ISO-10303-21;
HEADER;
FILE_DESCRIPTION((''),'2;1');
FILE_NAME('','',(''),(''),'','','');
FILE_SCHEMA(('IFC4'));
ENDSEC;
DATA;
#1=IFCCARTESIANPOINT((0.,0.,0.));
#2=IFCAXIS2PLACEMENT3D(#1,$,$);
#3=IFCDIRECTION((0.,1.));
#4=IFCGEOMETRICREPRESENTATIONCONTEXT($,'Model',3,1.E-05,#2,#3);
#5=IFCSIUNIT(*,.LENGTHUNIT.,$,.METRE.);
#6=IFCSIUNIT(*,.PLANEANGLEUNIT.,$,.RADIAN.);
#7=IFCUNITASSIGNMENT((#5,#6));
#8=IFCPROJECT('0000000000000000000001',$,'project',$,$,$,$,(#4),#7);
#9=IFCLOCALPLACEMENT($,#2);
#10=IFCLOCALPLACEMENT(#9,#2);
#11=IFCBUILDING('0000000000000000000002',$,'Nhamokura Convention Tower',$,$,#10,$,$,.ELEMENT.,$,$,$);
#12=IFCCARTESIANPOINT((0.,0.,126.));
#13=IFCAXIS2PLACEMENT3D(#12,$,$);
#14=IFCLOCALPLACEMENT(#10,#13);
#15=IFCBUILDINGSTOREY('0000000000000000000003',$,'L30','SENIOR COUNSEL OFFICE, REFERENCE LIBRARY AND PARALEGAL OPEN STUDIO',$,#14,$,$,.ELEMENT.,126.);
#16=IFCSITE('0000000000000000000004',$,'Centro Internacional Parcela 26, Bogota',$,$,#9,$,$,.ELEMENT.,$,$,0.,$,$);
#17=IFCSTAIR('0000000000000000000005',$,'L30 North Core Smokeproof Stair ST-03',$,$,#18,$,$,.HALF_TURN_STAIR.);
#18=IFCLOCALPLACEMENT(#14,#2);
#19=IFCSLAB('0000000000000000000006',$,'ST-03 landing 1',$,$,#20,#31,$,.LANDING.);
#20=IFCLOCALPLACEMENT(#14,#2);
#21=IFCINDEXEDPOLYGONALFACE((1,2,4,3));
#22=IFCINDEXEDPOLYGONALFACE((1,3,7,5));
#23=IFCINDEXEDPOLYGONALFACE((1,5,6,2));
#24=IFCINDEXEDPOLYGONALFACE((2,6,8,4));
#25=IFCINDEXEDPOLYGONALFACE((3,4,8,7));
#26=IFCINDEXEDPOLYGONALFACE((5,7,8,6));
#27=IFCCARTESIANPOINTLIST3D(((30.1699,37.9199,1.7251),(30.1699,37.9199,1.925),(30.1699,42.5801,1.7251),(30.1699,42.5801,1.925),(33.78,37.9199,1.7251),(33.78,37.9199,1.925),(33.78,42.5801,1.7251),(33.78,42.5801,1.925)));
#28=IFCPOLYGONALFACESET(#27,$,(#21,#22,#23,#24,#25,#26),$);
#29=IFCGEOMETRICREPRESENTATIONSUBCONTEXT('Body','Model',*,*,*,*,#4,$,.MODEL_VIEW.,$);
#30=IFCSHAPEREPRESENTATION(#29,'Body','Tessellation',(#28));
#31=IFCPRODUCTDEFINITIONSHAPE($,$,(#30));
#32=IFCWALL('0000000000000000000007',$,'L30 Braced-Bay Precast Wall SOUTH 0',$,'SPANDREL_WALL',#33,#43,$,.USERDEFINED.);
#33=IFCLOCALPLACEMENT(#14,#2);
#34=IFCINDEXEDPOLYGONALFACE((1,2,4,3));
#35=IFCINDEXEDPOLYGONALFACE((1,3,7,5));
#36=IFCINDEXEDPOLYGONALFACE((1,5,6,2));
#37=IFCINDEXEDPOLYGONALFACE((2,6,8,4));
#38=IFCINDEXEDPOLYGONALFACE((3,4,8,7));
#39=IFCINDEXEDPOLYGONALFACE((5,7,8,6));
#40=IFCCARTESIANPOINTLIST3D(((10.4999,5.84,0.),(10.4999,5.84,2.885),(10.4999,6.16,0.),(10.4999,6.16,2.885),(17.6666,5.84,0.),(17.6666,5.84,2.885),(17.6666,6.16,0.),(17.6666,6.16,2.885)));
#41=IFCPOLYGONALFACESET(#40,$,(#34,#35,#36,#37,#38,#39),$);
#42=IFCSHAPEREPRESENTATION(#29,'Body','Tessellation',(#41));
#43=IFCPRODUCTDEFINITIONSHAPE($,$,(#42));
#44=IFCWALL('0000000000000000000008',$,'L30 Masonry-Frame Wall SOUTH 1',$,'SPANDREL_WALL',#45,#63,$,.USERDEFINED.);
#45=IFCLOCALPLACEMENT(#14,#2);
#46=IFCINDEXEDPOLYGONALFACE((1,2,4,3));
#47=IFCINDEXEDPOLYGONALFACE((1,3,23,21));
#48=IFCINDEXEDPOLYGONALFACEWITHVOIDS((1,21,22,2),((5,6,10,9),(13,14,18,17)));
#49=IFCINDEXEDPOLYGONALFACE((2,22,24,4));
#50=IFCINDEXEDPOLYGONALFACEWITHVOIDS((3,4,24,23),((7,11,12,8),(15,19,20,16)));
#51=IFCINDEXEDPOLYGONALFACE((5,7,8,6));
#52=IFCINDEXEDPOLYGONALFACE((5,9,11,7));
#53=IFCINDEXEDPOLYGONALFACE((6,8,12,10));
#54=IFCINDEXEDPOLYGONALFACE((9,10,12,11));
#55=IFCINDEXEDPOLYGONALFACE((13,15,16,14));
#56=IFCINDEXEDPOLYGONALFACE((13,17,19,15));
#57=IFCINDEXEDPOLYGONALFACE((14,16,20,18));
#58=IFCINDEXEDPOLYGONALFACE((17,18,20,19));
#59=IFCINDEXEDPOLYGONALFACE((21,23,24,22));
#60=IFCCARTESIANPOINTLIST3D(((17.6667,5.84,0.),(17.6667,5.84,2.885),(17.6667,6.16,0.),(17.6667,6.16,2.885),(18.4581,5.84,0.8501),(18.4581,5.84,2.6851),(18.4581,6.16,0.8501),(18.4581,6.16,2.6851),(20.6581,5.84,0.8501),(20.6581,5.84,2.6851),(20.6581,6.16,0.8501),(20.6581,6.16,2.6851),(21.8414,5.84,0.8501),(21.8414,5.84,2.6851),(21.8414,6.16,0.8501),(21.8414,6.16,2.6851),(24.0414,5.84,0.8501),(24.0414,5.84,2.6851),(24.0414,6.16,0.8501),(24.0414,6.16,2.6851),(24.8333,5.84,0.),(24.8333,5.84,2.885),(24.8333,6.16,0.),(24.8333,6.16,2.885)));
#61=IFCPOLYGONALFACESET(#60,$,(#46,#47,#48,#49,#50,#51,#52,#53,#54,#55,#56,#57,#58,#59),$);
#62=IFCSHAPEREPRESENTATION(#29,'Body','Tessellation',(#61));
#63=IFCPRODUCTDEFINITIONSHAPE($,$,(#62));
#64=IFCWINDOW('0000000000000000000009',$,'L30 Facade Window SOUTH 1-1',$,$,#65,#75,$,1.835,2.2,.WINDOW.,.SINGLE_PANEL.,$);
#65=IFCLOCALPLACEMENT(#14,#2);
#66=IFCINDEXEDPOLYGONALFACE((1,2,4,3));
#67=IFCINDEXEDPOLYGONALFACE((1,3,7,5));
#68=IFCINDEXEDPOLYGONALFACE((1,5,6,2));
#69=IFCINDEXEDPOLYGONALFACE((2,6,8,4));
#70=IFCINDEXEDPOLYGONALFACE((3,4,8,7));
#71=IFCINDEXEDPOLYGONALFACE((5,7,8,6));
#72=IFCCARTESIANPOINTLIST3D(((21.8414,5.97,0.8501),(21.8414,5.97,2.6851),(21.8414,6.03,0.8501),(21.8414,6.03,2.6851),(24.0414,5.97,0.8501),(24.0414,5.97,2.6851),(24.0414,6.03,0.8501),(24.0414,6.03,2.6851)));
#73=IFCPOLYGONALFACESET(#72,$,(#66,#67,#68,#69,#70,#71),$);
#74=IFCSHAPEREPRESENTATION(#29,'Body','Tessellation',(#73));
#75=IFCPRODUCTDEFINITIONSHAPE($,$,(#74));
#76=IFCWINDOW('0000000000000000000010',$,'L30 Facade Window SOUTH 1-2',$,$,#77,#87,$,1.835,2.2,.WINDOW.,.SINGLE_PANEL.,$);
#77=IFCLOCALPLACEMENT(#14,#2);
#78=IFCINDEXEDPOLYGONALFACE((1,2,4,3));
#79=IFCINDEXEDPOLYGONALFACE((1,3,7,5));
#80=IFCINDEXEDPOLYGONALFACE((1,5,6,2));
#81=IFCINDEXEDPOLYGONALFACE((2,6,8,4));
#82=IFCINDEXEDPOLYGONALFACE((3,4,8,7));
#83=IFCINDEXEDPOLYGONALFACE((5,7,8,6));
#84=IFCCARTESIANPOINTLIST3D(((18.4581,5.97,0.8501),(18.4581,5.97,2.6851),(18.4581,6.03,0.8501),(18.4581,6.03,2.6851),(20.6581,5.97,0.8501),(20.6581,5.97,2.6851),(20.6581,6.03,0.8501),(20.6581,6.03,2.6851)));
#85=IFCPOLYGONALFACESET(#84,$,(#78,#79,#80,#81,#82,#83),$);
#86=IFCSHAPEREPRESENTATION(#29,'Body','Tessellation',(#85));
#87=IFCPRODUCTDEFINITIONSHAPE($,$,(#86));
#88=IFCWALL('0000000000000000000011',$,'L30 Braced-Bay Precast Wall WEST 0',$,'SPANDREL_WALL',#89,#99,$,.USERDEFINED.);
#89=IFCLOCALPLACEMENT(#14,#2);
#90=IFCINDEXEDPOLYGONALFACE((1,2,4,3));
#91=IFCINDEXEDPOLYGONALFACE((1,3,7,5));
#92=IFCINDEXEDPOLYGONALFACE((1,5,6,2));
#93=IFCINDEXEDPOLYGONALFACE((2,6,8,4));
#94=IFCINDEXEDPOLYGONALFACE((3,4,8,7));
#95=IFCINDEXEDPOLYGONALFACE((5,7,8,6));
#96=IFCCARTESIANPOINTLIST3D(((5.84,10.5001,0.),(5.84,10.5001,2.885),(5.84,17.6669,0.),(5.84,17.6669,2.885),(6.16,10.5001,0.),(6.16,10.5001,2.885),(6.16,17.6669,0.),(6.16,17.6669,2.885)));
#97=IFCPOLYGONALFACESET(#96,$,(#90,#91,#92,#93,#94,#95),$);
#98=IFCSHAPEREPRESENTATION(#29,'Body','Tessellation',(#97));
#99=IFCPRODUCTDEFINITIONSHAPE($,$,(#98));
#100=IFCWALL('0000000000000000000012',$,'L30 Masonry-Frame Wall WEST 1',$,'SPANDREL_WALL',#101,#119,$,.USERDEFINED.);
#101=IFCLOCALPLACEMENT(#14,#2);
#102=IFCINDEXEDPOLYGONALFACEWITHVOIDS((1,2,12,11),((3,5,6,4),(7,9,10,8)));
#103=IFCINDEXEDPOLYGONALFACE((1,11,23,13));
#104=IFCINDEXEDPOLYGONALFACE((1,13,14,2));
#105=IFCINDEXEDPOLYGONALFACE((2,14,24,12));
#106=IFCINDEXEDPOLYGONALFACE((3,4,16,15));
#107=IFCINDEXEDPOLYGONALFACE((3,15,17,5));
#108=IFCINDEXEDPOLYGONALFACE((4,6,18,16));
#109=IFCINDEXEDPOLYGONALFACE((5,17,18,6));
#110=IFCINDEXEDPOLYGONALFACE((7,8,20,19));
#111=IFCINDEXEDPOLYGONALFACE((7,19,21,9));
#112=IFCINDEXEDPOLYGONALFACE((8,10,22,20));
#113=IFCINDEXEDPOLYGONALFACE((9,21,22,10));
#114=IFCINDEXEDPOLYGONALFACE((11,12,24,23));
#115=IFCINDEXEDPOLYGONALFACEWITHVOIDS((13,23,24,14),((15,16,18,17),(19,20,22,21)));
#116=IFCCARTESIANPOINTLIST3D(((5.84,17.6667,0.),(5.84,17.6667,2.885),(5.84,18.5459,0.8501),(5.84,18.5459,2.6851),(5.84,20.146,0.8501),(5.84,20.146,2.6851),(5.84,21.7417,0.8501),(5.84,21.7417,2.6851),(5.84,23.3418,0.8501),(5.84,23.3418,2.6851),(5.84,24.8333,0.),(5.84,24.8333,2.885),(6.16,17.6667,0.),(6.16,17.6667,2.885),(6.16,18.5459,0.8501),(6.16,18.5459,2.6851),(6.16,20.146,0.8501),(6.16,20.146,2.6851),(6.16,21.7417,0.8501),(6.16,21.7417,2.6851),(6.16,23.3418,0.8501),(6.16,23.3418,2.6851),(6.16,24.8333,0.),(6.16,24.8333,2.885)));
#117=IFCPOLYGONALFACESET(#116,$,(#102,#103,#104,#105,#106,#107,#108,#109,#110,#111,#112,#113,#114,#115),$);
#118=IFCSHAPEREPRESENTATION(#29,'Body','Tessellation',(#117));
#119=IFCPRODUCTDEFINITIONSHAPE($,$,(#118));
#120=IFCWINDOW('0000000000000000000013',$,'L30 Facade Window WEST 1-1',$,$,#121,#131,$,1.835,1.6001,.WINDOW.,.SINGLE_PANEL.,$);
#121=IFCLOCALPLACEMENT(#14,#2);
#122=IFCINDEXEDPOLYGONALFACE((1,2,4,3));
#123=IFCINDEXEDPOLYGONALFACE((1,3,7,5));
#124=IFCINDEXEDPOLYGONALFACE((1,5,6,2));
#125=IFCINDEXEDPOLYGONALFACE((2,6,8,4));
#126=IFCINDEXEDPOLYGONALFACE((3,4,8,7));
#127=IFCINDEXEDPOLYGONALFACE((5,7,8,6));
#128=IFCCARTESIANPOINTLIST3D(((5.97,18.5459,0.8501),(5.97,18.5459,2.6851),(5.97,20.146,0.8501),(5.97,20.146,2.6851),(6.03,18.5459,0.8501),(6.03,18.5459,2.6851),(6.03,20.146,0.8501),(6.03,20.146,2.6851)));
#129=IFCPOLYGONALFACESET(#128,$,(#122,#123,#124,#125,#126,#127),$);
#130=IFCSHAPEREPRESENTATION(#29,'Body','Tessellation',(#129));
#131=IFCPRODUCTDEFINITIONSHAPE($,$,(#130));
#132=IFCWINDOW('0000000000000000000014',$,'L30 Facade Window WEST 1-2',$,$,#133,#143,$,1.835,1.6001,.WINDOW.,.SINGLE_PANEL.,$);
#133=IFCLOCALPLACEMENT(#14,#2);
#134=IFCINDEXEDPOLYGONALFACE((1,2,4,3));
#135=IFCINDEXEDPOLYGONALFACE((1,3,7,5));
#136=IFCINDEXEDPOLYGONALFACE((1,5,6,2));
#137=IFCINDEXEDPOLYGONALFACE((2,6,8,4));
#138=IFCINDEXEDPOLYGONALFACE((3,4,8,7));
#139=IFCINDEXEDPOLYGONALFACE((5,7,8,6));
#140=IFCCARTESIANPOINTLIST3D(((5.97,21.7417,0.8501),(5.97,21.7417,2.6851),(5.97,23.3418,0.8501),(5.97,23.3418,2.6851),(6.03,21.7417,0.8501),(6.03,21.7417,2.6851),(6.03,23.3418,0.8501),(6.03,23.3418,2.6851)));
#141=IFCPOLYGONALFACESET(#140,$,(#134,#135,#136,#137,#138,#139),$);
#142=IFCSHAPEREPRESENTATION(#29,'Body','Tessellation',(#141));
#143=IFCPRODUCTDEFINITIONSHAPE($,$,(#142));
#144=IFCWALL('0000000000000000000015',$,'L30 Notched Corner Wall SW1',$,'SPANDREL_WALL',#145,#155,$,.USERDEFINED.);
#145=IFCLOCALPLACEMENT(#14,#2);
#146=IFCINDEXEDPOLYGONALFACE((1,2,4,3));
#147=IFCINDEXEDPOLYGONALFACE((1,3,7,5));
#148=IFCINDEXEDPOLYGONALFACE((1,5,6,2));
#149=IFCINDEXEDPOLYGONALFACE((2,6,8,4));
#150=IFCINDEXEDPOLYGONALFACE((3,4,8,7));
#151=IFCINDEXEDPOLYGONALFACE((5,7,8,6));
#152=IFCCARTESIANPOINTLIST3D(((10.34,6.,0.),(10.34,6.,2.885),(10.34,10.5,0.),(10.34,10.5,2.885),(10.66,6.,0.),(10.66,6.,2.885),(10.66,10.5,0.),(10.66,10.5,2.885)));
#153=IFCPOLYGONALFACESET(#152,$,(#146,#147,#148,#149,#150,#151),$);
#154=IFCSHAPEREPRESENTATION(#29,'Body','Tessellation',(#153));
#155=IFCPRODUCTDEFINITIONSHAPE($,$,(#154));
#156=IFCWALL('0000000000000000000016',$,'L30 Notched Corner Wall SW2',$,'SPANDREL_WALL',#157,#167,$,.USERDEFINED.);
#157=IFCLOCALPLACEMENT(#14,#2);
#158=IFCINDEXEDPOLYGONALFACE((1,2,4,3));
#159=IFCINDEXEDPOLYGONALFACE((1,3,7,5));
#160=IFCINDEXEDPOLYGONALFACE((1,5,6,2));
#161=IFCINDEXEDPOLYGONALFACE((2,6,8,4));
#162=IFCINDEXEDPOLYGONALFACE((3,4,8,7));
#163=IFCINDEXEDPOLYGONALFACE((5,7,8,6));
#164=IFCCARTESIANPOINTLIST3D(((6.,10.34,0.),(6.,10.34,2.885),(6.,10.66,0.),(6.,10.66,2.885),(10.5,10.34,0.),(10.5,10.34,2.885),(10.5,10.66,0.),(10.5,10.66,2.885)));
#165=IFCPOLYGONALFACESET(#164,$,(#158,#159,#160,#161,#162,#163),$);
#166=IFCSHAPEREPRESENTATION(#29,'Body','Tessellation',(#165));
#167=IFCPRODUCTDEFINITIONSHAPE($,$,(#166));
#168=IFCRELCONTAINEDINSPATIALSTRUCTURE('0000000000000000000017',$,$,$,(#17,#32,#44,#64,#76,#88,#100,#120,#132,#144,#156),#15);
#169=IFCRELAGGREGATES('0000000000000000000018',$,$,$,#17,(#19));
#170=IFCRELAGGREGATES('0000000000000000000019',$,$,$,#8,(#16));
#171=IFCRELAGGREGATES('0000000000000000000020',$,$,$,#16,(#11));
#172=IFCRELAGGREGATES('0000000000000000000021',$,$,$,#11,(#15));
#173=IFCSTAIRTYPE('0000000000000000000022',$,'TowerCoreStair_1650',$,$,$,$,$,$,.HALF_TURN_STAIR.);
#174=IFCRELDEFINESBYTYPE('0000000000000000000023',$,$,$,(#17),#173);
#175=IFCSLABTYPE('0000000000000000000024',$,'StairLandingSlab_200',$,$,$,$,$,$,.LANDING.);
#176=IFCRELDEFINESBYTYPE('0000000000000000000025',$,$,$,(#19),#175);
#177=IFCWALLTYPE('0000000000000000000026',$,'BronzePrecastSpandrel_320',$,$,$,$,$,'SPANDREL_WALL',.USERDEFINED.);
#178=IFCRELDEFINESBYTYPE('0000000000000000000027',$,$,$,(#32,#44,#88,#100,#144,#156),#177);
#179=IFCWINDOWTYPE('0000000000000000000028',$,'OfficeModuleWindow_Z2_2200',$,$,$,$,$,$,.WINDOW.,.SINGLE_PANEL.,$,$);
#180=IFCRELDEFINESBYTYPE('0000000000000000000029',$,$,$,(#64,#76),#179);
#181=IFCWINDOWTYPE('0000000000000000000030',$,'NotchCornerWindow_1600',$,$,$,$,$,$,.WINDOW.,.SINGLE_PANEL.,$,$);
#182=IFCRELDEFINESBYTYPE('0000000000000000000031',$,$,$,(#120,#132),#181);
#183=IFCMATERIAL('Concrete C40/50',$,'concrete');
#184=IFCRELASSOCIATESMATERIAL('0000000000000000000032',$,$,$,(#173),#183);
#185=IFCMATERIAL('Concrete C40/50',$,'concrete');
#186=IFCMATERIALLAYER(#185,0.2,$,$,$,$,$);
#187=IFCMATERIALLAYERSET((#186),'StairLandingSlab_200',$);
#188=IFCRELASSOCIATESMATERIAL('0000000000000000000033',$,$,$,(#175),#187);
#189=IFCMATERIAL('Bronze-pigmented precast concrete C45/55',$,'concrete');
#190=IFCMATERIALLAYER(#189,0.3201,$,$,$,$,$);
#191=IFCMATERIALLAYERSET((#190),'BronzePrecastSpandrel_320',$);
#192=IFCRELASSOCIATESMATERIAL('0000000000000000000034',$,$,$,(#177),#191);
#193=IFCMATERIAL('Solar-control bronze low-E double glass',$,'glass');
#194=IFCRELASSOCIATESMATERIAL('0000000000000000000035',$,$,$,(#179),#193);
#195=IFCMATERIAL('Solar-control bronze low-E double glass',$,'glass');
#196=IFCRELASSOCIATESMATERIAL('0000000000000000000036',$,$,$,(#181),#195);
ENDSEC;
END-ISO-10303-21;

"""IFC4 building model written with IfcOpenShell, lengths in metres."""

from ifc_helpers import new_model, si_unit, direction, frame, frame_2d, origin, place, context, subcontext, project, spatial, polyline, rectangle, outline, extrude, material, layer, layer_set, type_object, element, fill, aggregate, save


model = new_model("IFC4")

# Units and contexts
model_context = context("Model", 3, precision=1e-05, world=origin(), true_north=direction((0.0, 1.0)))
body_context = subcontext(model_context, "Body", "Model", "MODEL_VIEW")
ifc_project = project(units=[si_unit("LENGTHUNIT", "METRE"), si_unit("PLANEANGLEUNIT", "RADIAN")], contexts=[model_context])

# Site, building, storey
site_placement = place(None, origin())
site = spatial("IfcSite", under=ifc_project, at=site_placement, Name="Centro Internacional Parcela 26, Bogota", CompositionType="ELEMENT", RefElevation=0.0)
building_placement = place(site_placement, origin())
building = spatial("IfcBuilding", under=site, at=building_placement, Name="Nhamokura Convention Tower", CompositionType="ELEMENT")
storey_placement = place(building_placement, frame((0.0, 0.0, 126.0)))
storey = spatial("IfcBuildingStorey", under=building, at=storey_placement, Name="L30", Description="SENIOR COUNSEL OFFICE, REFERENCE LIBRARY AND PARALEGAL OPEN STUDIO", CompositionType="ELEMENT", Elevation=126.0)

# Stair, slab
ifc_material_1 = material(Name="Concrete C40/50", Category="concrete")
stair_type = type_object("IfcStairType", Name="TowerCoreStair_1650", PredefinedType="HALF_TURN_STAIR", material=ifc_material_1)
ifc_material_2 = material(Name="Concrete C40/50", Category="concrete")
ifc_layer_1 = layer(ifc_material_2, 0.2)
ifc_layer_set_1 = layer_set([ifc_layer_1], Name="StairLandingSlab_200")
slab_type_1 = type_object("IfcSlabType", Name="StairLandingSlab_200", PredefinedType="LANDING", material=ifc_layer_set_1)
stair_1_placement = place(storey_placement, origin())
stair_1 = element("IfcStair", 1, at=stair_1_placement, inside=storey, type_object=stair_type, Name="L30 North Core Smokeproof Stair ST-03", PredefinedType="HALF_TURN_STAIR")
slab_1_placement = place(storey_placement, frame((0.0, 0.0, 1.7251)))
slab_1 = element("IfcSlab", 2, at=slab_1_placement, type_object=slab_type_1, Name="ST-03 landing 1", PredefinedType="LANDING", context=body_context, shape_type="SweptSolid", body=[
    extrude(outline(polyline([(33.78, 37.9199), (33.78, 42.5801), (30.1699, 42.5801), (30.1699, 37.9199), (33.78, 37.9199)])), origin(), (0.0, 0.0, 1.0), 0.2),
])
aggregate(stair_1, [slab_1])

# Wall
ifc_material_3 = material(Name="Bronze-pigmented precast concrete C45/55", Category="concrete")
ifc_layer_2 = layer(ifc_material_3, 0.3201)
ifc_layer_set_2 = layer_set([ifc_layer_2], Name="BronzePrecastSpandrel_320")
wall_type_1 = type_object("IfcWallType", Name="BronzePrecastSpandrel_320", ElementType="SPANDREL_WALL", PredefinedType="USERDEFINED", material=ifc_layer_set_2)
wall_1_placement = place(storey_placement, frame((17.6667, 6.0, 0.0), z_axis=(0.0, 0.0, 1.0), x_axis=(-1.0, 0.0, 0.0)))
element("IfcWall", 3, at=wall_1_placement, inside=storey, type_object=wall_type_1, Name="L30 Braced-Bay Precast Wall SOUTH 0", ObjectType="SPANDREL_WALL", PredefinedType="USERDEFINED", context=body_context, shape_type="SweptSolid", body=[
    extrude(rectangle(XDim=7.1667, YDim=0.3201, at=frame_2d((3.5835, 0.0))), origin(), (0.0, 0.0, 1.0), 2.885),
])

# Wall, openings, windows
wall_2_placement = place(storey_placement, frame((24.8333, 6.0, 0.0), z_axis=(0.0, 0.0, 1.0), x_axis=(-1.0, 0.0, 0.0)))
wall_2 = element("IfcWall", 4, at=wall_2_placement, inside=storey, type_object=wall_type_1, Name="L30 Masonry-Frame Wall SOUTH 1", ObjectType="SPANDREL_WALL", PredefinedType="USERDEFINED", context=body_context, shape_type="SweptSolid", body=[
    extrude(rectangle(XDim=7.1665, YDim=0.3201, at=frame_2d((3.5833, 0.0))), origin(), (0.0, 0.0, 1.0), 2.885),
])
opening_1_placement = place(wall_2_placement, frame((0.7917, 0.0, 0.8501)))
opening_1 = element("IfcOpeningElement", 5, at=opening_1_placement, cuts=wall_2, PredefinedType="OPENING", context=body_context, shape_type="SweptSolid", body=[
    extrude(rectangle(XDim=2.2, YDim=1.835, at=frame_2d((1.1001, 0.9175))), frame((0.0, 0.1699, 0.0), z_axis=(0.0, -1.0, 0.0), x_axis=(1.0, 0.0, 0.0)), (0.0, 0.0, 1.0), 0.3401),
])
opening_2_placement = place(wall_2_placement, frame((4.175, 0.0, 0.8501)))
opening_2 = element("IfcOpeningElement", 6, at=opening_2_placement, cuts=wall_2, PredefinedType="OPENING", context=body_context, shape_type="SweptSolid", body=[
    extrude(rectangle(XDim=2.2, YDim=1.835, at=frame_2d((1.1001, 0.9175))), frame((0.0, 0.1699, 0.0), z_axis=(0.0, -1.0, 0.0), x_axis=(1.0, 0.0, 0.0)), (0.0, 0.0, 1.0), 0.3401),
])
ifc_material_4 = material(Name="Solar-control bronze low-E double glass", Category="glass")
window_type_1 = type_object("IfcWindowType", Name="OfficeModuleWindow_Z2_2200", PartitioningType="SINGLE_PANEL", PredefinedType="WINDOW", material=ifc_material_4)
window_1_placement = place(opening_1_placement, origin())
window_1 = element("IfcWindow", 7, at=window_1_placement, inside=storey, type_object=window_type_1, Name="L30 Facade Window SOUTH 1-1", OverallHeight=1.835, OverallWidth=2.2, PartitioningType="SINGLE_PANEL", PredefinedType="WINDOW", context=body_context, shape_type="SweptSolid", body=[
    extrude(rectangle(XDim=2.2, YDim=1.835, at=frame_2d((1.1001, 0.9175))), frame((0.0, 0.03, 0.0), z_axis=(0.0, -1.0, 0.0), x_axis=(1.0, 0.0, 0.0)), (0.0, 0.0, 1.0), 0.0601),
])
fill(opening_1, window_1)
window_2_placement = place(opening_2_placement, origin())
window_2 = element("IfcWindow", 8, at=window_2_placement, inside=storey, type_object=window_type_1, Name="L30 Facade Window SOUTH 1-2", OverallHeight=1.835, OverallWidth=2.2, PartitioningType="SINGLE_PANEL", PredefinedType="WINDOW", context=body_context, shape_type="SweptSolid", body=[
    extrude(rectangle(XDim=2.2, YDim=1.835, at=frame_2d((1.1001, 0.9175))), frame((0.0, 0.03, 0.0), z_axis=(0.0, -1.0, 0.0), x_axis=(1.0, 0.0, 0.0)), (0.0, 0.0, 1.0), 0.0601),
])
fill(opening_2, window_2)

# Wall
wall_3_placement = place(storey_placement, frame((6.0, 10.5, 0.0), z_axis=(0.0, 0.0, 1.0), x_axis=(0.0, 1.0, 0.0)))
element("IfcWall", 9, at=wall_3_placement, inside=storey, type_object=wall_type_1, Name="L30 Braced-Bay Precast Wall WEST 0", ObjectType="SPANDREL_WALL", PredefinedType="USERDEFINED", context=body_context, shape_type="SweptSolid", body=[
    extrude(rectangle(XDim=7.1667, YDim=0.3201, at=frame_2d((3.5835, 0.0))), origin(), (0.0, 0.0, 1.0), 2.885),
])

# Wall, openings, windows
wall_4_placement = place(storey_placement, frame((6.0, 17.6667, 0.0), z_axis=(0.0, 0.0, 1.0), x_axis=(0.0, 1.0, 0.0)))
wall_4 = element("IfcWall", 10, at=wall_4_placement, inside=storey, type_object=wall_type_1, Name="L30 Masonry-Frame Wall WEST 1", ObjectType="SPANDREL_WALL", PredefinedType="USERDEFINED", context=body_context, shape_type="SweptSolid", body=[
    extrude(rectangle(XDim=7.1665, YDim=0.3201, at=frame_2d((3.5833, 0.0))), origin(), (0.0, 0.0, 1.0), 2.885),
])
opening_3_placement = place(wall_4_placement, frame((0.8792, 0.0, 0.8501)))
opening_3 = element("IfcOpeningElement", 11, at=opening_3_placement, cuts=wall_4, PredefinedType="OPENING", context=body_context, shape_type="SweptSolid", body=[
    extrude(rectangle(XDim=1.6001, YDim=1.835, at=frame_2d((0.8, 0.9175))), frame((0.0, 0.1699, 0.0), z_axis=(0.0, -1.0, 0.0), x_axis=(1.0, 0.0, 0.0)), (0.0, 0.0, 1.0), 0.3401),
])
opening_4_placement = place(wall_4_placement, frame((4.075, 0.0, 0.8501)))
opening_4 = element("IfcOpeningElement", 12, at=opening_4_placement, cuts=wall_4, PredefinedType="OPENING", context=body_context, shape_type="SweptSolid", body=[
    extrude(rectangle(XDim=1.6001, YDim=1.835, at=frame_2d((0.8, 0.9175))), frame((0.0, 0.1699, 0.0), z_axis=(0.0, -1.0, 0.0), x_axis=(1.0, 0.0, 0.0)), (0.0, 0.0, 1.0), 0.3401),
])
ifc_material_5 = material(Name="Solar-control bronze low-E double glass", Category="glass")
window_type_2 = type_object("IfcWindowType", Name="NotchCornerWindow_1600", PartitioningType="SINGLE_PANEL", PredefinedType="WINDOW", material=ifc_material_5)
window_3_placement = place(opening_3_placement, origin())
window_3 = element("IfcWindow", 13, at=window_3_placement, inside=storey, type_object=window_type_2, Name="L30 Facade Window WEST 1-1", OverallHeight=1.835, OverallWidth=1.6001, PartitioningType="SINGLE_PANEL", PredefinedType="WINDOW", context=body_context, shape_type="SweptSolid", body=[
    extrude(rectangle(XDim=1.6001, YDim=1.835, at=frame_2d((0.8, 0.9175))), frame((0.0, 0.03, 0.0), z_axis=(0.0, -1.0, 0.0), x_axis=(1.0, 0.0, 0.0)), (0.0, 0.0, 1.0), 0.0601),
])
fill(opening_3, window_3)
window_4_placement = place(opening_4_placement, origin())
window_4 = element("IfcWindow", 14, at=window_4_placement, inside=storey, type_object=window_type_2, Name="L30 Facade Window WEST 1-2", OverallHeight=1.835, OverallWidth=1.6001, PartitioningType="SINGLE_PANEL", PredefinedType="WINDOW", context=body_context, shape_type="SweptSolid", body=[
    extrude(rectangle(XDim=1.6001, YDim=1.835, at=frame_2d((0.8, 0.9175))), frame((0.0, 0.03, 0.0), z_axis=(0.0, -1.0, 0.0), x_axis=(1.0, 0.0, 0.0)), (0.0, 0.0, 1.0), 0.0601),
])
fill(opening_4, window_4)

# Walls
for number, where, z_axis, x_axis, name in (
    (15, (10.5, 6.0, 0.0), (0.0, 0.0, 1.0), (0.0, 1.0, 0.0), "L30 Notched Corner Wall SW1"),
    (16, (10.5, 10.5, 0.0), (0.0, 0.0, 1.0), (-1.0, 0.0, 0.0), "L30 Notched Corner Wall SW2"),
):
    element("IfcWall", number, at=place(storey_placement, frame(where, z_axis=z_axis, x_axis=x_axis)), inside=storey, type_object=wall_type_1, Name=name, ObjectType="SPANDREL_WALL", PredefinedType="USERDEFINED", context=body_context, shape_type="SweptSolid", body=[
        extrude(rectangle(XDim=4.5, YDim=0.3201, at=frame_2d((2.25, 0.0))), origin(), (0.0, 0.0, 1.0), 2.885),
    ])

save(model, "model.ifc")
